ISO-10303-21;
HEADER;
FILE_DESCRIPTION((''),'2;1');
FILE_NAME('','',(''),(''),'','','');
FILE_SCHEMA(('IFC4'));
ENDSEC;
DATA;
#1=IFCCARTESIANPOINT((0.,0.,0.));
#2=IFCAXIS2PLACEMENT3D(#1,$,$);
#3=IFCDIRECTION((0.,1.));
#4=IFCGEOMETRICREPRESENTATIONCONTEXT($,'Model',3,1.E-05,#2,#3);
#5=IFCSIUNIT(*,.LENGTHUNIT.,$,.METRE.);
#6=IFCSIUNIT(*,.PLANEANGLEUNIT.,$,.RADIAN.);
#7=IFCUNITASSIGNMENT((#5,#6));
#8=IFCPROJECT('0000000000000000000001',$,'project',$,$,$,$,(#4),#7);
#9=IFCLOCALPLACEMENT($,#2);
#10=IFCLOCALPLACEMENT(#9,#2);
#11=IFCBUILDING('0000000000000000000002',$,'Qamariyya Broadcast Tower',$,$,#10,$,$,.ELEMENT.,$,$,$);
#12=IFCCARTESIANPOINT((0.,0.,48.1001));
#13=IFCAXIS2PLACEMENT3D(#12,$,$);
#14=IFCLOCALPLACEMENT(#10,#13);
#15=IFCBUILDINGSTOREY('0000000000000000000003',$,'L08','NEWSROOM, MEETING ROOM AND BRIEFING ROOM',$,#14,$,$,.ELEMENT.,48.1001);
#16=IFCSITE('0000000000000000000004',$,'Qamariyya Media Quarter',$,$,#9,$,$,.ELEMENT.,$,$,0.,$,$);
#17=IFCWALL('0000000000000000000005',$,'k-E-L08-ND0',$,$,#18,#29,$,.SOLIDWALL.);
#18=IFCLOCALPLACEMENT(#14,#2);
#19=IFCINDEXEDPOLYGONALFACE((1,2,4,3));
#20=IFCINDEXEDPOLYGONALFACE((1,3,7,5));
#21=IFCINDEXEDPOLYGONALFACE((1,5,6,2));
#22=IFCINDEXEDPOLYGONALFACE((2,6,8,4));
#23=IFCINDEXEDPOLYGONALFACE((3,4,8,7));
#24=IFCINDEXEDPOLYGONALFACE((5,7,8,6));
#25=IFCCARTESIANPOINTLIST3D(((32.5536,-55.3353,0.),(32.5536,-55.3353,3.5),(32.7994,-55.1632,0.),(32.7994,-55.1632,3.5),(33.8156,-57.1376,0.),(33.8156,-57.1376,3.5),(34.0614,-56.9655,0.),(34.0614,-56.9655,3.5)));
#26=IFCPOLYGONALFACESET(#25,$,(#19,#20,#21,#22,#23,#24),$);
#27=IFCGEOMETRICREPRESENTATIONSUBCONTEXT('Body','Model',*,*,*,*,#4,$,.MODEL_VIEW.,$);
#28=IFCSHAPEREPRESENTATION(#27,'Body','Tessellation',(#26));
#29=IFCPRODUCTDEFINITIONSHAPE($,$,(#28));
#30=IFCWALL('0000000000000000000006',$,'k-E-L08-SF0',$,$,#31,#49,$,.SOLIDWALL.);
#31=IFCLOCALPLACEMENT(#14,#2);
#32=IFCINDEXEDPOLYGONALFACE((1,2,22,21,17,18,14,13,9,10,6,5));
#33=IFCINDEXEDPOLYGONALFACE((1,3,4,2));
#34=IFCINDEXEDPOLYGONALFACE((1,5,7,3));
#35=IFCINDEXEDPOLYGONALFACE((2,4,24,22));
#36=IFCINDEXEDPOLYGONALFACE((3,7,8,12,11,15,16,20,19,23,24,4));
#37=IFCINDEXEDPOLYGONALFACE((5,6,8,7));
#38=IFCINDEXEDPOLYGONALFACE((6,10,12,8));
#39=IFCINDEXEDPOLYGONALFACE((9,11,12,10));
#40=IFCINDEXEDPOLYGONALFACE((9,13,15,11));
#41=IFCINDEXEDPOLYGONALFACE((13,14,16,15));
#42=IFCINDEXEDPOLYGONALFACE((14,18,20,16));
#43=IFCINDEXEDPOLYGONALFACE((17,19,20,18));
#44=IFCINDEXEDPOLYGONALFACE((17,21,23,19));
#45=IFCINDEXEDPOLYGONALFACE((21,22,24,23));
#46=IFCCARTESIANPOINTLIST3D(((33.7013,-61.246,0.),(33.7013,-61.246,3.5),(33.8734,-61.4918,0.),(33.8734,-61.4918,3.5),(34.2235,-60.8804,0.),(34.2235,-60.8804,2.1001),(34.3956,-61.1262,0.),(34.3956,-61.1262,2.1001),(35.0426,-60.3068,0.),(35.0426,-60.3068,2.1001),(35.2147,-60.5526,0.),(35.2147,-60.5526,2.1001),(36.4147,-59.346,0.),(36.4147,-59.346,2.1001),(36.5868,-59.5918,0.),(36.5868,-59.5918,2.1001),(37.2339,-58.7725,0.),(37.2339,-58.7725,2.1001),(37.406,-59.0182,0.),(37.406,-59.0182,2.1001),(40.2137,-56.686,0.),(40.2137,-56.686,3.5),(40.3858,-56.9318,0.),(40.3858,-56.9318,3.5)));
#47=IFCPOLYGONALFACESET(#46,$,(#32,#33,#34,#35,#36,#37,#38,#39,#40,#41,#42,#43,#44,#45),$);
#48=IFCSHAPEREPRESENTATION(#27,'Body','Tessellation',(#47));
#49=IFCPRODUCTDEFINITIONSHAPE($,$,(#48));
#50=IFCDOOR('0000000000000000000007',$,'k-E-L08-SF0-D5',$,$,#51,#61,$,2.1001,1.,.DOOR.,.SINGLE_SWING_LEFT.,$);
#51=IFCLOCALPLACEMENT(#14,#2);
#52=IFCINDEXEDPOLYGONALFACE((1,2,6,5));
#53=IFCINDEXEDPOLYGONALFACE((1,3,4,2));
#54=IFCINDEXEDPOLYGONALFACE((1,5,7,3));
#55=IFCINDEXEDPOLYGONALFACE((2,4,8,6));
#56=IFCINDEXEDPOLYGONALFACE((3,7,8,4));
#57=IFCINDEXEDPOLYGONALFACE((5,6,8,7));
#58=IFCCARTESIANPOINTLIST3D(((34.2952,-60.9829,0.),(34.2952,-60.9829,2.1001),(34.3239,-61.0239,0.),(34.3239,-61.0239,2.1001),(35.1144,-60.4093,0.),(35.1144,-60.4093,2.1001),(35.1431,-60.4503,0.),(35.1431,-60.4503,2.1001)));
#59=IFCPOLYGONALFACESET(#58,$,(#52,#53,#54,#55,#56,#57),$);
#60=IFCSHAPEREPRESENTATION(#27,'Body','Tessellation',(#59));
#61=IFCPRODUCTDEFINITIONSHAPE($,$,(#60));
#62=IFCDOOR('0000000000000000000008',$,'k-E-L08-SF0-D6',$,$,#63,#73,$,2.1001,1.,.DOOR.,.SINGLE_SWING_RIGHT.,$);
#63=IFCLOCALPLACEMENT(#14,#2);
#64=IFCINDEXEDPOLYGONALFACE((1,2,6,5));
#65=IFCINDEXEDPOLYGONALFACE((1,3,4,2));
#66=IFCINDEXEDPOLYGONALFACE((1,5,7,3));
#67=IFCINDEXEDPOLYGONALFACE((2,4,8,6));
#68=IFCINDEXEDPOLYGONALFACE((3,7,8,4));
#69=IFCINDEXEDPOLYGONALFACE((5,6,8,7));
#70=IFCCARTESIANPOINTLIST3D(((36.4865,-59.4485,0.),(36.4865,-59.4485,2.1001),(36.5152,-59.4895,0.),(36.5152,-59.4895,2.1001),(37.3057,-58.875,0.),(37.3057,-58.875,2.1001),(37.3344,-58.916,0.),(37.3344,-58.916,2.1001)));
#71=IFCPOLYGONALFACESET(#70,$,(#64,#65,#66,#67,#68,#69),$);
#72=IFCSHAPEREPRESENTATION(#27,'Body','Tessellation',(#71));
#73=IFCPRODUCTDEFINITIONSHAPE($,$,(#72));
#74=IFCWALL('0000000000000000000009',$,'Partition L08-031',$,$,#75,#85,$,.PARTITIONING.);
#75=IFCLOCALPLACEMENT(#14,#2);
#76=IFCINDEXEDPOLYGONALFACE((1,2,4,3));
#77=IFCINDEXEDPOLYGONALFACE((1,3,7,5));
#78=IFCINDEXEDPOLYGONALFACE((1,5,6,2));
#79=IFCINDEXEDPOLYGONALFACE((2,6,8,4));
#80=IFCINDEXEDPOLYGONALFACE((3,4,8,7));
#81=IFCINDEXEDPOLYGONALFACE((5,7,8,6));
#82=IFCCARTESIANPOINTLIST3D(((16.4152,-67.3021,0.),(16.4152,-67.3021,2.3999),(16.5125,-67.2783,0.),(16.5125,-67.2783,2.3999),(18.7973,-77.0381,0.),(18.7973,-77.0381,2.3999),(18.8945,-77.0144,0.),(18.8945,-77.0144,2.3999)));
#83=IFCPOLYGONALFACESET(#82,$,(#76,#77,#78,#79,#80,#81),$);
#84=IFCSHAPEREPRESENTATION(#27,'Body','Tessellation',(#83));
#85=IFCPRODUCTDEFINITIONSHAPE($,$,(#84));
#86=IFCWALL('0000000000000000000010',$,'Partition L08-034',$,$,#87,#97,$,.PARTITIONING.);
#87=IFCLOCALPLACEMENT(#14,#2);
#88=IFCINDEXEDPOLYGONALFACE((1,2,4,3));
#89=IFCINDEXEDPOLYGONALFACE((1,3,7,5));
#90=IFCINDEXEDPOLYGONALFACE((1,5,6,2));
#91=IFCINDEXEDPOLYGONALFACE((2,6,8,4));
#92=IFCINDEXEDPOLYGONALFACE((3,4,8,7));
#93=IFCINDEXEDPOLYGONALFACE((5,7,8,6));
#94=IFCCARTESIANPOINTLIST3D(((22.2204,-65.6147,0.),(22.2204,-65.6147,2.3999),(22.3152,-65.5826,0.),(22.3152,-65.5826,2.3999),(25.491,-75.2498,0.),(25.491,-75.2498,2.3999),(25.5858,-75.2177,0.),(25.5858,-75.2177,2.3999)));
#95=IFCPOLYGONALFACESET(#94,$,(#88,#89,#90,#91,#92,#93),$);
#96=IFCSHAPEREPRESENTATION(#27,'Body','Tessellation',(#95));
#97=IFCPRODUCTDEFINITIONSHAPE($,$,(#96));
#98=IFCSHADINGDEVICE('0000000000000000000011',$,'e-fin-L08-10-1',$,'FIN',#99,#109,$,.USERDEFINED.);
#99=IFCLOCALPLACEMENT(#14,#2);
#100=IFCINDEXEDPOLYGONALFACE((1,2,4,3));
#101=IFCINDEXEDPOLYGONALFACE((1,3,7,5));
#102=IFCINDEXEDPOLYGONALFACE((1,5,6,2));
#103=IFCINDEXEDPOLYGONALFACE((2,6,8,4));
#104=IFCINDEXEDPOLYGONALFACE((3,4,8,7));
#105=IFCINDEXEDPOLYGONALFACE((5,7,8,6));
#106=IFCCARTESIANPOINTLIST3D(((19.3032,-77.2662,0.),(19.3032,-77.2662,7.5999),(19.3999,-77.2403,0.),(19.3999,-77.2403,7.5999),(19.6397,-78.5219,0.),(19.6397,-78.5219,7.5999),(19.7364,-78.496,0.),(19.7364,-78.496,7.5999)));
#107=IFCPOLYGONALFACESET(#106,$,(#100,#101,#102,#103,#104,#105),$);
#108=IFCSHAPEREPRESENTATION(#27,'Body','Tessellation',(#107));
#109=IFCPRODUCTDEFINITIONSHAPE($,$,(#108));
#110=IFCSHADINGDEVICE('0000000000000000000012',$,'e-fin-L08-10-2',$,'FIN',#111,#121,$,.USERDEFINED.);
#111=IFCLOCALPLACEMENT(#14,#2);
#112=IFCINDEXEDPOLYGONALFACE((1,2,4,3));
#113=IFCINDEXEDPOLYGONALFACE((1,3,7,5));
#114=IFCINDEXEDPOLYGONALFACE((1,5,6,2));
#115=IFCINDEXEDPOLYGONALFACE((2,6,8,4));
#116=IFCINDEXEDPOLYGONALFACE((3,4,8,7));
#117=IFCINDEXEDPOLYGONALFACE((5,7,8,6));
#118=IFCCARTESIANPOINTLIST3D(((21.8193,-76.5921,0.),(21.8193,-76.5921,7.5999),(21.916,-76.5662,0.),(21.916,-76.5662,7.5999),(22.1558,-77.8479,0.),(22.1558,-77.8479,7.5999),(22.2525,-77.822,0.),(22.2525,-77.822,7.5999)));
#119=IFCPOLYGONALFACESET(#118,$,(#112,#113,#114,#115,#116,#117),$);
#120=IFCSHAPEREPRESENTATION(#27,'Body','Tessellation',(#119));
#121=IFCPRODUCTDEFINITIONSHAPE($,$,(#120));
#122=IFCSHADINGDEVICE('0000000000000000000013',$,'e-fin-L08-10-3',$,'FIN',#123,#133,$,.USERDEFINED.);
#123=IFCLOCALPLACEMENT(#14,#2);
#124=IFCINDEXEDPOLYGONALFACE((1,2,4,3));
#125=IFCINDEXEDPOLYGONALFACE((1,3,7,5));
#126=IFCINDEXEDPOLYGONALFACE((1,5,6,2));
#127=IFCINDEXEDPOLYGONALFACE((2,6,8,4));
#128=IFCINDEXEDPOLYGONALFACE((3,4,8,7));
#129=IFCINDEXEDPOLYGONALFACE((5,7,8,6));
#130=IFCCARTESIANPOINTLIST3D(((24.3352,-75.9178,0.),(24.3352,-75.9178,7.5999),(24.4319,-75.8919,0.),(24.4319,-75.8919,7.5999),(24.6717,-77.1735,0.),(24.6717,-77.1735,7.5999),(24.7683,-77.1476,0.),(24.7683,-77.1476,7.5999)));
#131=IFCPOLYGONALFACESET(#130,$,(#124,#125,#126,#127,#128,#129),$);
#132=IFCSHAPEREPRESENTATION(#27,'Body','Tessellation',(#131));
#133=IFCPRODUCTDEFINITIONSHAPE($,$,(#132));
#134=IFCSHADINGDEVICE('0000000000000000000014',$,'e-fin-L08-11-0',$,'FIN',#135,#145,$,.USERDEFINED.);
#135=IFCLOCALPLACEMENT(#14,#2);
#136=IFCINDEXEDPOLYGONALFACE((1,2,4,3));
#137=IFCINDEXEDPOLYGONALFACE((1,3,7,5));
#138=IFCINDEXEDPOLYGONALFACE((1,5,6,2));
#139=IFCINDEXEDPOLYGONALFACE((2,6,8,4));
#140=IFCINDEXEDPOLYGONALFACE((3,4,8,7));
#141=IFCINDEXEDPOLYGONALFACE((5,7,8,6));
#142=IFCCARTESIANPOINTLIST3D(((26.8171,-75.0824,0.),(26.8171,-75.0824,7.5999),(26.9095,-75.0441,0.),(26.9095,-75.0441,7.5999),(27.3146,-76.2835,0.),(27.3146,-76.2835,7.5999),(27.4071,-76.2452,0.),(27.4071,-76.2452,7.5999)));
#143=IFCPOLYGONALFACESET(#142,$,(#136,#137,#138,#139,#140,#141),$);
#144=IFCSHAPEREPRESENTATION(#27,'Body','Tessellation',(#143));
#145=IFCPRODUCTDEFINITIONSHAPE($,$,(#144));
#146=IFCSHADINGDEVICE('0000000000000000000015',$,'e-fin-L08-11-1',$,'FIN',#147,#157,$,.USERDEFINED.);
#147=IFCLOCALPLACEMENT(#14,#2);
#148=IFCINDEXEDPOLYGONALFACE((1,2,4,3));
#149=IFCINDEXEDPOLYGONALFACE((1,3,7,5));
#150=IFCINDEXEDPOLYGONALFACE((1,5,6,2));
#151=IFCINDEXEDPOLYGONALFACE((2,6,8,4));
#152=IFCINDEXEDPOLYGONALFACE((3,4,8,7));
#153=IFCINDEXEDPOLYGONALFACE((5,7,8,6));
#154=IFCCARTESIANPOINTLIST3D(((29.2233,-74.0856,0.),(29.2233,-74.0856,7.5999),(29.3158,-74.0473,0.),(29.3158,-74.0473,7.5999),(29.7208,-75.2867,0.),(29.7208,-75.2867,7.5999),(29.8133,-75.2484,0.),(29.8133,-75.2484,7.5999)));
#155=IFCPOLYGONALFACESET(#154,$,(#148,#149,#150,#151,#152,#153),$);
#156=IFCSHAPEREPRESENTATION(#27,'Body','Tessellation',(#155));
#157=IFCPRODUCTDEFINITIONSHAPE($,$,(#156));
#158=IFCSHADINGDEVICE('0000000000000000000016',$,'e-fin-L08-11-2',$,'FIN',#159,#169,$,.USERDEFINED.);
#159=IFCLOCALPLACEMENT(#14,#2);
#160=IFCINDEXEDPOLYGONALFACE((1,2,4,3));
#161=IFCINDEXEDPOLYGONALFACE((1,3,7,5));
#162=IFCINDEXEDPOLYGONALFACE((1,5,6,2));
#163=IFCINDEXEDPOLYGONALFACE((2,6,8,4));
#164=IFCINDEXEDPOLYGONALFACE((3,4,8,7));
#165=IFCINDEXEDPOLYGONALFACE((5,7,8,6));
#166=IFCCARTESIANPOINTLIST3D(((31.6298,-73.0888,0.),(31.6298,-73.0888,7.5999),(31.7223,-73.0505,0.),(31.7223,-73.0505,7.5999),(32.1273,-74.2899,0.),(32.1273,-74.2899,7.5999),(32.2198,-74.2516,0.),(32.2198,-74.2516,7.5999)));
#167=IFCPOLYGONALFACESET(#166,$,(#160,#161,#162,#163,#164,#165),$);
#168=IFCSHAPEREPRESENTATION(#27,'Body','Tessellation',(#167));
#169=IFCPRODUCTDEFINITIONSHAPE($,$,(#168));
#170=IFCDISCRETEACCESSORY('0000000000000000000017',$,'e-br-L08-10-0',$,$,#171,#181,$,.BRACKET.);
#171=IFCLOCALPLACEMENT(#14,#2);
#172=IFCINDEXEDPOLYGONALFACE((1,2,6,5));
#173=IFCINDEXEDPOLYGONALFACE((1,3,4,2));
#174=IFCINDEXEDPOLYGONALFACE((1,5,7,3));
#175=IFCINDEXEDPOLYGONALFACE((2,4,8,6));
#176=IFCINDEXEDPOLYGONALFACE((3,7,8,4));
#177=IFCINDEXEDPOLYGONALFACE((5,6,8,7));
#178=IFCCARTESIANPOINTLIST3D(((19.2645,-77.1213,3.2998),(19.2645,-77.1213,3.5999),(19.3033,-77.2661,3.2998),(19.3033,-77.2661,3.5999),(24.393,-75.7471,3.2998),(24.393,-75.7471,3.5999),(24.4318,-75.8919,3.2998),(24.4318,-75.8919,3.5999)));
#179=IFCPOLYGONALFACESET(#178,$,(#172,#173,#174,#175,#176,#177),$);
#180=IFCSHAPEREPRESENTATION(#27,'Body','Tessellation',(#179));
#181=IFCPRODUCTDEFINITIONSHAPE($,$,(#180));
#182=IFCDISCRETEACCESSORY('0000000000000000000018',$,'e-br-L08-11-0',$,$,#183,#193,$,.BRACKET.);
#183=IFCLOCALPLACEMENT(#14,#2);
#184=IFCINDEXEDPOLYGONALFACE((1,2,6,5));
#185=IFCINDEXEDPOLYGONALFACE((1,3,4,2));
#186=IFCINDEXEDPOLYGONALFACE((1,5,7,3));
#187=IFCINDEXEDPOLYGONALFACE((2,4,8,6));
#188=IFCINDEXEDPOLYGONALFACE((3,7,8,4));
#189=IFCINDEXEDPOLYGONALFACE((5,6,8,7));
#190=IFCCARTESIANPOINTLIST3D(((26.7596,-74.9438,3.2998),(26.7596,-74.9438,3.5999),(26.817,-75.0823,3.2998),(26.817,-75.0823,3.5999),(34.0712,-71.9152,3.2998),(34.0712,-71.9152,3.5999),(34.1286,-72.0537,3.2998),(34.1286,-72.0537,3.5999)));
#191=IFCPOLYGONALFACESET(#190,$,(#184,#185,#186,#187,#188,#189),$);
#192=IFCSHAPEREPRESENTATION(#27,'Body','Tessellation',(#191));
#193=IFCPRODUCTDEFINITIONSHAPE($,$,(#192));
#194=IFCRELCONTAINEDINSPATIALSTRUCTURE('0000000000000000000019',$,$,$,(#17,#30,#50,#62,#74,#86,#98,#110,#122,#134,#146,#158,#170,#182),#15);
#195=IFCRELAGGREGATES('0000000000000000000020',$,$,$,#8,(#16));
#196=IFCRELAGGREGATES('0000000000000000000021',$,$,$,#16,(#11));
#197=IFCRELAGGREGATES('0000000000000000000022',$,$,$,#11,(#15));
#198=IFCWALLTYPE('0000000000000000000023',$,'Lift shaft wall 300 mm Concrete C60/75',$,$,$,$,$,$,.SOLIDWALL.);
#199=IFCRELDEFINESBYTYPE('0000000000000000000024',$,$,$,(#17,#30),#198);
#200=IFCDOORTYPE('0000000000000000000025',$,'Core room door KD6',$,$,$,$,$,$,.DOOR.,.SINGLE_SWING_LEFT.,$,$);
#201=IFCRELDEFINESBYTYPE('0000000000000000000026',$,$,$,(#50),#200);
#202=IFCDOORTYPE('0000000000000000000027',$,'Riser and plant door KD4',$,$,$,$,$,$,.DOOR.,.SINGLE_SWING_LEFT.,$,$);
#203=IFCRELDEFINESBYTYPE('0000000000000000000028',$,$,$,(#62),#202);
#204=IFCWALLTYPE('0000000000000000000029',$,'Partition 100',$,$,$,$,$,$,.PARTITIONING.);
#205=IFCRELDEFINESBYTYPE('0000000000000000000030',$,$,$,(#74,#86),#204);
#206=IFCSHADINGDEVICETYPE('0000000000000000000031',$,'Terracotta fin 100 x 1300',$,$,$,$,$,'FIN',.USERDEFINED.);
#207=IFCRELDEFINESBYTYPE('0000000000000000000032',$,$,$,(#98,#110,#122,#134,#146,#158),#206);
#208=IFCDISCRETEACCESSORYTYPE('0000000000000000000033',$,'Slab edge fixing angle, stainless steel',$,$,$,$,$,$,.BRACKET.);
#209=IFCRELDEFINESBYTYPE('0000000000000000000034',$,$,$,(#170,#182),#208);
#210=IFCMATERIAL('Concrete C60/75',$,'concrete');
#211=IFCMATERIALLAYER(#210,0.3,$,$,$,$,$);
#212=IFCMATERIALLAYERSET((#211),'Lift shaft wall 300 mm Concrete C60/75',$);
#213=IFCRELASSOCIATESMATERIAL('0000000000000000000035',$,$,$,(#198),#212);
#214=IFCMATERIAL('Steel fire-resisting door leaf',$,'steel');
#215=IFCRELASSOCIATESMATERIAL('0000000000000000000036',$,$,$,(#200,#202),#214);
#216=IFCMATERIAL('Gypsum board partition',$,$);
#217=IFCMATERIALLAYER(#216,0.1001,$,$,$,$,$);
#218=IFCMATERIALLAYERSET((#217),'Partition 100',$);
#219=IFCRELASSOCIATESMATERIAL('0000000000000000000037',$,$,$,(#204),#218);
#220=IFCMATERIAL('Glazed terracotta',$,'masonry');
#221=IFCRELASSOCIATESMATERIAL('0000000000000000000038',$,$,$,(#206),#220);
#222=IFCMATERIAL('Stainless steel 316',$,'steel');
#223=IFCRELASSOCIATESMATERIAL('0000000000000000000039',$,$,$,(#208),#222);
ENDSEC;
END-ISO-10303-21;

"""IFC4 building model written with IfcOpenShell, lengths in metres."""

from ifc_helpers import new_model, si_unit, direction, frame, frame_2d, origin, origin_2d, place, context, subcontext, project, spatial, rectangle, extrude, material, layer, layer_set, material_profile, profile_set, type_object, element, fill, save


model = new_model("IFC4")

# Units and contexts
model_context = context("Model", 3, precision=1e-05, world=origin(), true_north=direction((0.0, 1.0)))
body_context = subcontext(model_context, "Body", "Model", "MODEL_VIEW")
ifc_project = project(units=[si_unit("LENGTHUNIT", "METRE"), si_unit("PLANEANGLEUNIT", "RADIAN")], contexts=[model_context])

# Site, building, storey
site_placement = place(None, origin())
site = spatial("IfcSite", under=ifc_project, at=site_placement, Name="Qamariyya Media Quarter", CompositionType="ELEMENT", RefElevation=0.0)
building_placement = place(site_placement, origin())
building = spatial("IfcBuilding", under=site, at=building_placement, Name="Qamariyya Broadcast Tower", CompositionType="ELEMENT")
storey_placement = place(building_placement, frame((0.0, 0.0, 48.1001)))
storey = spatial("IfcBuildingStorey", under=building, at=storey_placement, Name="L08", Description="NEWSROOM, MEETING ROOM AND BRIEFING ROOM", CompositionType="ELEMENT", Elevation=48.1001)

# Shared definitions
ifc_material_1 = material(Name="Gypsum board partition")

# Shared definitions
ifc_material_2 = material(Name="Concrete C60/75", Category="concrete")
ifc_layer_1 = layer(ifc_material_2, 0.3)
ifc_layer_set_1 = layer_set([ifc_layer_1], Name="Lift shaft wall 300 mm Concrete C60/75")
wall_type_1 = type_object("IfcWallType", Name="Lift shaft wall 300 mm Concrete C60/75", PredefinedType="SOLIDWALL", material=ifc_layer_set_1)
ifc_material_3 = material(Name="Steel fire-resisting door leaf", Category="steel")

# Wall
wall_1_placement = place(storey_placement, frame((33.9385, -57.0515, 0.0), z_axis=(0.0, 0.0, 1.0), x_axis=(-0.573581, 0.819149, 0.0)))
element("IfcWall", 1, at=wall_1_placement, inside=storey, type_object=wall_type_1, Name="k-E-L08-ND0", PredefinedType="SOLIDWALL", context=body_context, shape_type="SweptSolid", body=[
    extrude(rectangle(XDim=2.2002, YDim=0.3, at=frame_2d((1.1001, 0.0))), origin(), (0.0, 0.0, 1.0), 3.5),
])

# Wall, openings, doors
wall_2_placement = place(storey_placement, frame((33.7874, -61.3689, 0.0), z_axis=(0.0, 0.0, 1.0), x_axis=(0.819153, 0.573576, 0.0)))
wall_2 = element("IfcWall", 2, at=wall_2_placement, inside=storey, type_object=wall_type_1, Name="k-E-L08-SF0", PredefinedType="SOLIDWALL", context=body_context, shape_type="SweptSolid", body=[
    extrude(rectangle(XDim=7.9502, YDim=0.3, at=frame_2d((3.9751, 0.0))), origin(), (0.0, 0.0, 1.0), 3.5),
])
opening_1_placement = place(wall_2_placement, frame((0.6375, 0.0, 0.0)))
opening_1 = element("IfcOpeningElement", 3, at=opening_1_placement, cuts=wall_2, PredefinedType="OPENING", context=body_context, shape_type="SweptSolid", body=[
    extrude(rectangle(XDim=1.0, YDim=2.1001, at=frame_2d((0.5, 1.05))), frame((0.0, 0.1599, 0.0), z_axis=(0.0, -1.0, 0.0), x_axis=(1.0, 0.0, 0.0)), (0.0, 0.0, 1.0), 0.3201),
])
opening_2_placement = place(wall_2_placement, frame((3.3125, 0.0, 0.0)))
opening_2 = element("IfcOpeningElement", 4, at=opening_2_placement, cuts=wall_2, PredefinedType="OPENING", context=body_context, shape_type="SweptSolid", body=[
    extrude(rectangle(XDim=1.0, YDim=2.1001, at=frame_2d((0.5, 1.05))), frame((0.0, 0.1599, 0.0), z_axis=(0.0, -1.0, 0.0), x_axis=(1.0, 0.0, 0.0)), (0.0, 0.0, 1.0), 0.3201),
])
door_type_1 = type_object("IfcDoorType", Name="Core room door KD6", OperationType="SINGLE_SWING_LEFT", PredefinedType="DOOR", material=ifc_material_3)
door_1_placement = place(opening_1_placement, origin())
door_1 = element("IfcDoor", 5, at=door_1_placement, inside=storey, type_object=door_type_1, Name="k-E-L08-SF0-D5", OperationType="SINGLE_SWING_LEFT", OverallHeight=2.1001, OverallWidth=1.0, PredefinedType="DOOR", context=body_context, shape_type="SweptSolid", body=[
    extrude(rectangle(XDim=1.0, YDim=2.1001, at=frame_2d((0.5, 1.05))), frame((0.0, 0.0249, 0.0), z_axis=(0.0, -1.0, 0.0), x_axis=(1.0, 0.0, 0.0)), (0.0, 0.0, 1.0), 0.05),
])
fill(opening_1, door_1)
door_type_2 = type_object("IfcDoorType", Name="Riser and plant door KD4", OperationType="SINGLE_SWING_LEFT", PredefinedType="DOOR", material=ifc_material_3)
door_2_placement = place(opening_2_placement, origin())
door_2 = element("IfcDoor", 6, at=door_2_placement, inside=storey, type_object=door_type_2, Name="k-E-L08-SF0-D6", OperationType="SINGLE_SWING_RIGHT", OverallHeight=2.1001, OverallWidth=1.0, PredefinedType="DOOR", context=body_context, shape_type="SweptSolid", body=[
    extrude(rectangle(XDim=1.0, YDim=2.1001, at=frame_2d((0.5, 1.05))), frame((0.0, 0.0249, 0.0), z_axis=(0.0, -1.0, 0.0), x_axis=(1.0, 0.0, 0.0)), (0.0, 0.0, 1.0), 0.05),
])
fill(opening_2, door_2)

# Walls
ifc_layer_2 = layer(ifc_material_1, 0.1001)
ifc_layer_set_2 = layer_set([ifc_layer_2], Name="Partition 100")
wall_type_2 = type_object("IfcWallType", Name="Partition 100", PredefinedType="PARTITIONING", material=ifc_layer_set_2)
wall_3_placement = place(storey_placement, frame((18.8459, -77.0264, 0.0), z_axis=(0.0, 0.0, 1.0), x_axis=(-0.237655, 0.97135, 0.0)))
element("IfcWall", 7, at=wall_3_placement, inside=storey, type_object=wall_type_2, Name="Partition L08-031", PredefinedType="PARTITIONING", context=body_context, shape_type="SweptSolid", body=[
    extrude(rectangle(XDim=10.0232, YDim=0.1001, at=frame_2d((5.0117, 0.0))), origin(), (0.0, 0.0, 1.0), 2.3999),
])
wall_4_placement = place(storey_placement, frame((25.5383, -75.2336, 0.0), z_axis=(0.0, 0.0, 1.0), x_axis=(-0.321427, 0.946934, 0.0)))
element("IfcWall", 8, at=wall_4_placement, inside=storey, type_object=wall_type_2, Name="Partition L08-034", PredefinedType="PARTITIONING", context=body_context, shape_type="SweptSolid", body=[
    extrude(rectangle(XDim=10.175, YDim=0.1001, at=frame_2d((5.0874, 0.0))), origin(), (0.0, 0.0, 1.0), 2.3999),
])

# Shading devices
ifc_material_4 = material(Name="Glazed terracotta", Category="masonry")
ifc_material_profile_1 = material_profile(ifc_material_4, rectangle(XDim=1.3, YDim=0.1001, at=origin_2d()))
ifc_profile_set_1 = profile_set([ifc_material_profile_1], Name="Glazed terracotta")
shading_device_type_1 = type_object("IfcShadingDeviceType", Name="Terracotta fin 100 x 1300", ElementType="FIN", PredefinedType="USERDEFINED", material=ifc_profile_set_1)
for number, where, z_axis, x_axis, name in (
    (9, (19.5198, -77.8811, 0.0), (0.0, 0.0, 1.0), (0.258819, -0.965926, 0.0), "e-fin-L08-10-1"),
    (10, (22.0359, -77.207, 0.0), (0.0, 0.0, 1.0), (0.258819, -0.965926, 0.0), "e-fin-L08-10-2"),
    (11, (24.5518, -76.5327, 0.0), (0.0, 0.0, 1.0), (0.258819, -0.965926, 0.0), "e-fin-L08-10-3"),
    (12, (27.1121, -75.6638, 0.0), (0.0, 0.0, 1.0), (0.382683, -0.92388, 0.0), "e-fin-L08-11-0"),
    (13, (29.5183, -74.667, 0.0), (0.0, 0.0, 1.0), (0.382683, -0.92388, 0.0), "e-fin-L08-11-1"),
    (14, (31.9248, -73.6702, 0.0), (0.0, 0.0, 1.0), (0.382683, -0.92388, 0.0), "e-fin-L08-11-2"),
):
    element("IfcShadingDevice", number, at=place(storey_placement, frame(where, z_axis=z_axis, x_axis=x_axis)), inside=storey, type_object=shading_device_type_1, Name=name, ObjectType="FIN", PredefinedType="USERDEFINED", context=body_context, shape_type="SweptSolid", body=[
        extrude(rectangle(XDim=1.3, YDim=0.1001, at=origin_2d()), origin(), (0.0, 0.0, 1.0), 7.5999),
    ])

# Discrete accessories
ifc_material_5 = material(Name="Stainless steel 316", Category="steel")
discrete_accessory_type = type_object("IfcDiscreteAccessoryType", Name="Slab edge fixing angle, stainless steel", PredefinedType="BRACKET", material=ifc_material_5)
discrete_accessory_1_placement = place(storey_placement, frame((21.8481, -76.5066, 3.2998), z_axis=(0.0, 0.0, 1.0), x_axis=(0.965926, 0.258819, 0.0)))
element("IfcDiscreteAccessory", 15, at=discrete_accessory_1_placement, inside=storey, type_object=discrete_accessory_type, Name="e-br-L08-10-0", PredefinedType="BRACKET", context=body_context, shape_type="SweptSolid", body=[
    extrude(rectangle(XDim=5.3093, YDim=0.1499, at=origin_2d()), origin(), (0.0, 0.0, 1.0), 0.3),
])
discrete_accessory_2_placement = place(storey_placement, frame((30.4441, -73.4988, 3.2998), z_axis=(0.0, 0.0, 1.0), x_axis=(0.92388, 0.382683, 0.0)))
element("IfcDiscreteAccessory", 16, at=discrete_accessory_2_placement, inside=storey, type_object=discrete_accessory_type, Name="e-br-L08-11-0", PredefinedType="BRACKET", context=body_context, shape_type="SweptSolid", body=[
    extrude(rectangle(XDim=7.9141, YDim=0.1499, at=origin_2d()), origin(), (0.0, 0.0, 1.0), 0.3),
])

save(model, "model.ifc")
